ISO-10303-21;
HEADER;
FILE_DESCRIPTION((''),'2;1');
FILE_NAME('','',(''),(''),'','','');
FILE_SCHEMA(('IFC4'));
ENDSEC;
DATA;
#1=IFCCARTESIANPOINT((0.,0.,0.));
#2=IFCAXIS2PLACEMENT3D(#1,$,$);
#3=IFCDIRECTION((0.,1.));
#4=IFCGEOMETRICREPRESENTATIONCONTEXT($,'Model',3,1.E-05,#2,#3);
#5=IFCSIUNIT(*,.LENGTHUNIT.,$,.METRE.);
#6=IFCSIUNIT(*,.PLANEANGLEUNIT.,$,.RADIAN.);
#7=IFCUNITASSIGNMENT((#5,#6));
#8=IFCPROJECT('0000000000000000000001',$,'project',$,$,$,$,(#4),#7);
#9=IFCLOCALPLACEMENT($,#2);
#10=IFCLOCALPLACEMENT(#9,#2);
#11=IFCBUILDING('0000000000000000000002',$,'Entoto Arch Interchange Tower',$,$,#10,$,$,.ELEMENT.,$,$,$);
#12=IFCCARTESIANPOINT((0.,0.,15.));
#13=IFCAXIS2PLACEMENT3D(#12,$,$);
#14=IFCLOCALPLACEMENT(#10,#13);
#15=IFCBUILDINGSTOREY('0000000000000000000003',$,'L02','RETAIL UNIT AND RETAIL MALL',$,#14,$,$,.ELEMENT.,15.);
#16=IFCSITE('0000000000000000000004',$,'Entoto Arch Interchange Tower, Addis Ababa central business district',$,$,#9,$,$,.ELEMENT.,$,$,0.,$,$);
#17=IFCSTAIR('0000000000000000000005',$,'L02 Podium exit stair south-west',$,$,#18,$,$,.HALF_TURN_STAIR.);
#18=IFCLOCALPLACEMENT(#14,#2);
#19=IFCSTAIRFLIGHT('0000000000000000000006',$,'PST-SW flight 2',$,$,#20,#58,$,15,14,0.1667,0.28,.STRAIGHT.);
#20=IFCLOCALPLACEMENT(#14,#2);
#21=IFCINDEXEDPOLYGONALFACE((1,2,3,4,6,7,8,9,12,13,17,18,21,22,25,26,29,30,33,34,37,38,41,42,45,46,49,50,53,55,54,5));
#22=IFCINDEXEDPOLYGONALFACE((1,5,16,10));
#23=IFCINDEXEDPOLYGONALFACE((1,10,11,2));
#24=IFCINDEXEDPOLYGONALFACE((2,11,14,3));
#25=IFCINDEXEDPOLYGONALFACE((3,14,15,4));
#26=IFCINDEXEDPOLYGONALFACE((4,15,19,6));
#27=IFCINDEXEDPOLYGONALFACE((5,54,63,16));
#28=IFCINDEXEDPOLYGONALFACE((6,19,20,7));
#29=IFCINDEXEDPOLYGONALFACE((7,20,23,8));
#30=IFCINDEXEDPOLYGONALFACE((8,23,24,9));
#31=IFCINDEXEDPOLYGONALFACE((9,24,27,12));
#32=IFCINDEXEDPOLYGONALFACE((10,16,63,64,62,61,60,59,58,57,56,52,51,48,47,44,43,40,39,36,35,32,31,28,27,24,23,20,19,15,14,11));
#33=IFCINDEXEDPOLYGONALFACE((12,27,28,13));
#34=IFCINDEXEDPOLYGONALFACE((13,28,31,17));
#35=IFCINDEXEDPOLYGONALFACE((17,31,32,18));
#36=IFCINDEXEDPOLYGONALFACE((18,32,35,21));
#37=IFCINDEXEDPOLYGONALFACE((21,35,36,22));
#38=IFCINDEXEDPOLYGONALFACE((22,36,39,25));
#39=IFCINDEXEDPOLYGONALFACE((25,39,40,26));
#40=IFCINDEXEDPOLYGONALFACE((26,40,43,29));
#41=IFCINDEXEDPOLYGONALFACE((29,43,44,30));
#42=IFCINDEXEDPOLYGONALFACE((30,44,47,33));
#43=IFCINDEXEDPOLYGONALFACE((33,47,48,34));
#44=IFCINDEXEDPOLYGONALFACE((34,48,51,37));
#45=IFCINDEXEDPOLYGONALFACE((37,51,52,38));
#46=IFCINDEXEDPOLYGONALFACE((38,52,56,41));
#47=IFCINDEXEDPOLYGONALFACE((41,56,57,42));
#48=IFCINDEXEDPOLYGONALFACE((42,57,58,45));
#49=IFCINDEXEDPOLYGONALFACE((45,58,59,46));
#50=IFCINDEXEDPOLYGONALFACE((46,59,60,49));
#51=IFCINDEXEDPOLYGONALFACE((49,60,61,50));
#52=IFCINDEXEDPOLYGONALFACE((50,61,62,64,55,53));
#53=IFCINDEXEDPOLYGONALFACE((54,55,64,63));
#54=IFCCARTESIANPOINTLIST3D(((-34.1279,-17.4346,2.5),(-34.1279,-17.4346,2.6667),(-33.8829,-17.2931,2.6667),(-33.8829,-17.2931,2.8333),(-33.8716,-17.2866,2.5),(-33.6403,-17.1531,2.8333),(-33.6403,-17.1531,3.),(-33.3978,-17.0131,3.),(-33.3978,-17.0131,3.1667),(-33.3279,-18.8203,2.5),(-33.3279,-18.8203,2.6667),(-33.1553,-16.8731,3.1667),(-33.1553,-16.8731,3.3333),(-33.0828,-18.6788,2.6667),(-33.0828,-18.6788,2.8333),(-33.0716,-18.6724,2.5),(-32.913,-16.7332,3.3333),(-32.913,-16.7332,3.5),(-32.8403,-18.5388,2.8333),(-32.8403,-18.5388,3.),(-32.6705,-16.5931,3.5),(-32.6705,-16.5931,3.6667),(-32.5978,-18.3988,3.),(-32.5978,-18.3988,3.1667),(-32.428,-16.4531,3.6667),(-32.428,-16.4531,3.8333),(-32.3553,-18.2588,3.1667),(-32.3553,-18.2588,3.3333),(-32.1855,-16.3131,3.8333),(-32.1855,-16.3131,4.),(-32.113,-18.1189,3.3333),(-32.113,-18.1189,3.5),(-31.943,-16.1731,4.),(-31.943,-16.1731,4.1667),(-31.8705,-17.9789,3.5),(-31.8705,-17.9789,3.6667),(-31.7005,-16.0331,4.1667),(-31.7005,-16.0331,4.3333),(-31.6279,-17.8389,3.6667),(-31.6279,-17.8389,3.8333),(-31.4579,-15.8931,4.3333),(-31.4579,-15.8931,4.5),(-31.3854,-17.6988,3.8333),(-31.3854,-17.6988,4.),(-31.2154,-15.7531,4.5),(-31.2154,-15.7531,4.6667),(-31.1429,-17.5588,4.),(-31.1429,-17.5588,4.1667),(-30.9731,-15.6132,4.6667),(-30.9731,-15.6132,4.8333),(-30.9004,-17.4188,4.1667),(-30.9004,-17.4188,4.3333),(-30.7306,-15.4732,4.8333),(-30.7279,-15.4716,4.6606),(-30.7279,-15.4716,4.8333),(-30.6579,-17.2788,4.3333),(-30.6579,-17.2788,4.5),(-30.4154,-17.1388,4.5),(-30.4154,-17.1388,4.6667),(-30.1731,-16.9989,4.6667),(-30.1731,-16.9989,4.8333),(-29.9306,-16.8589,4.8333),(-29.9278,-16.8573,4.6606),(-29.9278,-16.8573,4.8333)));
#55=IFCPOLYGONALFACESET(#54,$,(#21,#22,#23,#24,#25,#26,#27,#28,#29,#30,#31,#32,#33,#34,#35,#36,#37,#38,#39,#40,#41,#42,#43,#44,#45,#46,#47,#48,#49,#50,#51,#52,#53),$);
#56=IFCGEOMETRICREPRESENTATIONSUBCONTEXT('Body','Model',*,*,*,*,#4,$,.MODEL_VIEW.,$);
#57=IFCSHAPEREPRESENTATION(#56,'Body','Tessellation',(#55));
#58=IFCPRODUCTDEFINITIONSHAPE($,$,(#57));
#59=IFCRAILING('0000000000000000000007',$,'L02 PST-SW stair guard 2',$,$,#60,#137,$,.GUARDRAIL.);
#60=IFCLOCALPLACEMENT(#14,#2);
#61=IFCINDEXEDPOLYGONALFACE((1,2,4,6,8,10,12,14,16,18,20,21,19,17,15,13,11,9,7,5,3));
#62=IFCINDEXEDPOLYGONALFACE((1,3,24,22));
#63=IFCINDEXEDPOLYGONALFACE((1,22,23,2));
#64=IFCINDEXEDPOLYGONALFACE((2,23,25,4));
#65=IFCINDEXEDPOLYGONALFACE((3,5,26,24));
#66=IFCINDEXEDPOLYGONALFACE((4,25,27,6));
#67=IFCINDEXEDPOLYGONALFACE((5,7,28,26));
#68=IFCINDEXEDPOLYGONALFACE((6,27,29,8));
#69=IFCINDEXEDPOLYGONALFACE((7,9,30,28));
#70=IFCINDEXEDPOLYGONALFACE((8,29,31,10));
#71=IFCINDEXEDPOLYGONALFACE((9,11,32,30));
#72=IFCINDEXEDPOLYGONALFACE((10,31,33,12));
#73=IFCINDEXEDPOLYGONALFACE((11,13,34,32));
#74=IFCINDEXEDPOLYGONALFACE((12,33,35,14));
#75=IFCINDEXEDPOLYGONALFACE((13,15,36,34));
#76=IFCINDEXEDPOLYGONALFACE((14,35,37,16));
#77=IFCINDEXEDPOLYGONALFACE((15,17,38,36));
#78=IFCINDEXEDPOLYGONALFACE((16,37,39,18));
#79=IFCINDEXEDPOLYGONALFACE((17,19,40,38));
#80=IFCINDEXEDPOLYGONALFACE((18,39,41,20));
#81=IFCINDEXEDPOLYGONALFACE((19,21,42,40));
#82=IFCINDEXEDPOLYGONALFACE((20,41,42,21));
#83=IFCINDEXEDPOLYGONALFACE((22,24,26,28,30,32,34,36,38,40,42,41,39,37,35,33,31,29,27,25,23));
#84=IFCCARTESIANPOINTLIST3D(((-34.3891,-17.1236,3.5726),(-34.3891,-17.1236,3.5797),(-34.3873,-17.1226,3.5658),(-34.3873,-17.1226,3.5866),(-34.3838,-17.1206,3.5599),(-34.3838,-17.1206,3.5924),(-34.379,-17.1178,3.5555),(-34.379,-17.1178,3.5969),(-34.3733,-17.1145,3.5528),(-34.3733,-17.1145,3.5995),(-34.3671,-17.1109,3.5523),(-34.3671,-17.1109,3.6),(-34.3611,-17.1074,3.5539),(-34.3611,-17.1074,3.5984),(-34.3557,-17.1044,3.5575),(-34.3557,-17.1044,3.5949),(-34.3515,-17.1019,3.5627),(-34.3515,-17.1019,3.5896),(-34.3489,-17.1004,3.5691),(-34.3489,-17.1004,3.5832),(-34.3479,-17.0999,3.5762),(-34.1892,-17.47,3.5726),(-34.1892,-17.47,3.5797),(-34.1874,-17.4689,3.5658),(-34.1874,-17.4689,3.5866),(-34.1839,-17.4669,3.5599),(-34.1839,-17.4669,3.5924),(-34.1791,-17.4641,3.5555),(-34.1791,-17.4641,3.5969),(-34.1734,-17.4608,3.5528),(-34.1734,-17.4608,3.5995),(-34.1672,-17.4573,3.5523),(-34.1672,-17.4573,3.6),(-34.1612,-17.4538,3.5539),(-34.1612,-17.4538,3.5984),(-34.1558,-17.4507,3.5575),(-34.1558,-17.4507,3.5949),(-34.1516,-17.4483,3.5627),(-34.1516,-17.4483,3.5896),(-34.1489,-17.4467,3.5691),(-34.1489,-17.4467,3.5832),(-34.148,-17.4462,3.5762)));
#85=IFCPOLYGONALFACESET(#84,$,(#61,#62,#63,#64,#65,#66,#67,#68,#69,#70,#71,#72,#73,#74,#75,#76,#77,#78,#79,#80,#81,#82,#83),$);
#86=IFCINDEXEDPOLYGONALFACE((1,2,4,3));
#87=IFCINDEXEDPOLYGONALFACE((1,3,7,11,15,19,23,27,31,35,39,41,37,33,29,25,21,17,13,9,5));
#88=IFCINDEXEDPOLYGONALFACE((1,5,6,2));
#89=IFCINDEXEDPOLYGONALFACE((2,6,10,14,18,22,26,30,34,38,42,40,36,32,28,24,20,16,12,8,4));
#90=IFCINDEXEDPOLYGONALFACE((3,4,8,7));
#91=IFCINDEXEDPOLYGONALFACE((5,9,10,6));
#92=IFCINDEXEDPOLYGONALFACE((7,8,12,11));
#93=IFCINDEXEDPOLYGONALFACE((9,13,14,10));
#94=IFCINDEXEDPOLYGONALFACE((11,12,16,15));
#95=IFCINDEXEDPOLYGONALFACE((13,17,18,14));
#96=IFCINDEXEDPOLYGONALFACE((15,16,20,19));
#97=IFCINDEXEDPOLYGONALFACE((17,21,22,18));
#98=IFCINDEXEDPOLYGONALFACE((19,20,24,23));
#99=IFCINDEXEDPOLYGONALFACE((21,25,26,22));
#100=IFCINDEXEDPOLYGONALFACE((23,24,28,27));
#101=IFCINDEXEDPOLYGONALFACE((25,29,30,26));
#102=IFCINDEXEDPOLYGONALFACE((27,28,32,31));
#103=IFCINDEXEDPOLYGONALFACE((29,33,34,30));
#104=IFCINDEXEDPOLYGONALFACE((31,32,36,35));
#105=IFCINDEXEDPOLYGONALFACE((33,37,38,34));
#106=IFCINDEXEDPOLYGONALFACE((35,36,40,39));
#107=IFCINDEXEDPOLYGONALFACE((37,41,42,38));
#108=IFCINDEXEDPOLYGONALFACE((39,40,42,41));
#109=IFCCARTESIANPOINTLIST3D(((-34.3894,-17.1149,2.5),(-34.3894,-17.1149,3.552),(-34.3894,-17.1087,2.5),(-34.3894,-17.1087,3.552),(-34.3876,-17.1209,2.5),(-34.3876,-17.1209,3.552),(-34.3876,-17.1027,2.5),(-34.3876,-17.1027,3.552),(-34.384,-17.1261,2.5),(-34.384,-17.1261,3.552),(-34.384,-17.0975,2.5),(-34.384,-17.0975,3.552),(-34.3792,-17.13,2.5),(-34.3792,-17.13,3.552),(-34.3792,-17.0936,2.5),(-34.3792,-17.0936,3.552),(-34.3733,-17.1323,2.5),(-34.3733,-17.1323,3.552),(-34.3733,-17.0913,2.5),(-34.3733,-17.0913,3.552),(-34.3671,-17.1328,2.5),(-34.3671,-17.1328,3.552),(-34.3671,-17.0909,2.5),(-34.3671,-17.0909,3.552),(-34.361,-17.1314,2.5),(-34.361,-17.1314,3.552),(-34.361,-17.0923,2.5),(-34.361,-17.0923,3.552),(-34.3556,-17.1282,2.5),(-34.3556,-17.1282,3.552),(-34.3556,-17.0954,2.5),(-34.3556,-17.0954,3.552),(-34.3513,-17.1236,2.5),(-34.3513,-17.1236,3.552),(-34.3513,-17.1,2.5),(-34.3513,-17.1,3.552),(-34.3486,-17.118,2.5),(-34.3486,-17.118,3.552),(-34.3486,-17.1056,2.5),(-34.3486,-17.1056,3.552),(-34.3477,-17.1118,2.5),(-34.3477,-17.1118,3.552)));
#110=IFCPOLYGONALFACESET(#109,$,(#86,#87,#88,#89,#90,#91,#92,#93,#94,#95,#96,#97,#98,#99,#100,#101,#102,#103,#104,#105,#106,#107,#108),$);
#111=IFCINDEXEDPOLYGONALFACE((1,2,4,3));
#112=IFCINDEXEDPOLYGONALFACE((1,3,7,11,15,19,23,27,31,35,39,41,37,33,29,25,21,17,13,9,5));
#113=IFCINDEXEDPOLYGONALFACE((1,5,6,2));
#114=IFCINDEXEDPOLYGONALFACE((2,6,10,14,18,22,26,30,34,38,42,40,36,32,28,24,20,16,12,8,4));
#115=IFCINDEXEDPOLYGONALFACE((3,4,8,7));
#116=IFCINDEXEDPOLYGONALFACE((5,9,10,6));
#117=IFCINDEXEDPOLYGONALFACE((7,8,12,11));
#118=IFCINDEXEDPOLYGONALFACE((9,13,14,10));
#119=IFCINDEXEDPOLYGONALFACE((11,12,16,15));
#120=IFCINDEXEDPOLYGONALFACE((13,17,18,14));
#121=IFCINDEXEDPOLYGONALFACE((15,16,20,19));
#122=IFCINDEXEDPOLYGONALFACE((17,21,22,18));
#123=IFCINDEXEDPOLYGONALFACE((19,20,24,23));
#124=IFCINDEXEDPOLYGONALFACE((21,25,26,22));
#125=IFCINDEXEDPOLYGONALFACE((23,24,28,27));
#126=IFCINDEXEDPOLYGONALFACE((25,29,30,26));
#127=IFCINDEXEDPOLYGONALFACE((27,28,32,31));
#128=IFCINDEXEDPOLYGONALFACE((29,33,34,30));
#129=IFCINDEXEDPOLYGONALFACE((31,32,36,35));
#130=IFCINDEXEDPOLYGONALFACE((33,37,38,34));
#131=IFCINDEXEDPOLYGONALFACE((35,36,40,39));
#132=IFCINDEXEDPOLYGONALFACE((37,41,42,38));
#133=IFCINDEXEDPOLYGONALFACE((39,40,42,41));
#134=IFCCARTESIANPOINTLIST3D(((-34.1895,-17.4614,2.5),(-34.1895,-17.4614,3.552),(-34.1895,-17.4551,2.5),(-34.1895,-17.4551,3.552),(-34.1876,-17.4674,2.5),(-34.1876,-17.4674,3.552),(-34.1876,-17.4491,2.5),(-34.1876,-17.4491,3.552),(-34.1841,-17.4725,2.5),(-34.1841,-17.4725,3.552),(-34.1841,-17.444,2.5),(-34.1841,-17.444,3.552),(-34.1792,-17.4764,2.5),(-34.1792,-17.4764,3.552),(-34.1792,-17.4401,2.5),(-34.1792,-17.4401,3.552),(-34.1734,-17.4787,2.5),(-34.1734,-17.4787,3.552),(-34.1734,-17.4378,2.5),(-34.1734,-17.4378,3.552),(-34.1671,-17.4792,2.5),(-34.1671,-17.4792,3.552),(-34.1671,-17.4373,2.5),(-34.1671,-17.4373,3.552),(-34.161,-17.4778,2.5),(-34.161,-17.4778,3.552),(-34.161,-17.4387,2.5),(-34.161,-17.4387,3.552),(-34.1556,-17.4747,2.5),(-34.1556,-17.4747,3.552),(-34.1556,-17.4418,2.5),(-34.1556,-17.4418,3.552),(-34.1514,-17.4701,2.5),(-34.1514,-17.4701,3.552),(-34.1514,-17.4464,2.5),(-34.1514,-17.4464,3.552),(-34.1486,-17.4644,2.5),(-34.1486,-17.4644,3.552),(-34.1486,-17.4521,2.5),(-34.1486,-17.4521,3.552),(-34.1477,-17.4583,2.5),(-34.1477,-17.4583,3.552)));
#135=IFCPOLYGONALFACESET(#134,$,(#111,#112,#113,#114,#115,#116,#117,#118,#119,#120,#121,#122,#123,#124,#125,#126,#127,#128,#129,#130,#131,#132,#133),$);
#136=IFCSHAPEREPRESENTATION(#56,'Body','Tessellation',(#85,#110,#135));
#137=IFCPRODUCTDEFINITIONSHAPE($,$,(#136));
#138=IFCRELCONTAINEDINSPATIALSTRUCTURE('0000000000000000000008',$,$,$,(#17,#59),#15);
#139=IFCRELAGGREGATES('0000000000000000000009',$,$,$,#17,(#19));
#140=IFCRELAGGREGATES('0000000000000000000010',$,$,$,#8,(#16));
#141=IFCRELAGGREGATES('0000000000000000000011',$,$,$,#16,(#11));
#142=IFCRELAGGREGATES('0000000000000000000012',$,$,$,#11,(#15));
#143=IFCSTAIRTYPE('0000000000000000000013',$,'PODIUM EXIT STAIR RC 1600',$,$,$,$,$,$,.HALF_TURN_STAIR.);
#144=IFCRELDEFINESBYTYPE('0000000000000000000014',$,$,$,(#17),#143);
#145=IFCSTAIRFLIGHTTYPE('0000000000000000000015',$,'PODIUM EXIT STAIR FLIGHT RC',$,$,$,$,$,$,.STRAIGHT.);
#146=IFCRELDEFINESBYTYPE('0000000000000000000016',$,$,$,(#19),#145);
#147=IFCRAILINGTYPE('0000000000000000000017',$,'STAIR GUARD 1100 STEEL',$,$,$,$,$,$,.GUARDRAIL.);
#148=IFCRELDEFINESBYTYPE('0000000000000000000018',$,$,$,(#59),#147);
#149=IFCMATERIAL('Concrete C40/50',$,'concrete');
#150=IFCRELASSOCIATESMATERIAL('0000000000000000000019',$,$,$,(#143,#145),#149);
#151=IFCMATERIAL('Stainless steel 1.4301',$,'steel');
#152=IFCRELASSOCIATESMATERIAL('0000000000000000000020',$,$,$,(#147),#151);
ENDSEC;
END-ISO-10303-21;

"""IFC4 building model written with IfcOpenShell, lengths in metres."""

from ifc_helpers import new_model, si_unit, direction, frame, origin, origin_2d, place, context, subcontext, project, spatial, polyline, circle, outline, extrude, material, type_object, element, aggregate, save


model = new_model("IFC4")

# Units and contexts
model_context = context("Model", 3, precision=1e-05, world=origin(), true_north=direction((0.0, 1.0)))
body_context = subcontext(model_context, "Body", "Model", "MODEL_VIEW")
ifc_project = project(units=[si_unit("LENGTHUNIT", "METRE"), si_unit("PLANEANGLEUNIT", "RADIAN")], contexts=[model_context])

# Site, building, storey
site_placement = place(None, origin())
site = spatial("IfcSite", under=ifc_project, at=site_placement, Name="Entoto Arch Interchange Tower, Addis Ababa central business district", CompositionType="ELEMENT", RefElevation=0.0)
building_placement = place(site_placement, origin())
building = spatial("IfcBuilding", under=site, at=building_placement, Name="Entoto Arch Interchange Tower", CompositionType="ELEMENT")
storey_placement = place(building_placement, frame((0.0, 0.0, 15.0)))
storey = spatial("IfcBuildingStorey", under=building, at=storey_placement, Name="L02", Description="RETAIL UNIT AND RETAIL MALL", CompositionType="ELEMENT", Elevation=15.0)

# Shared definitions
ifc_material_1 = material(Name="Concrete C40/50", Category="concrete")

# Stair, stair flight
stair_type = type_object("IfcStairType", Name="PODIUM EXIT STAIR RC 1600", PredefinedType="HALF_TURN_STAIR", material=ifc_material_1)
stair_placement = place(storey_placement, origin())
stair = element("IfcStair", 1, at=stair_placement, inside=storey, type_object=stair_type, Name="L02 Podium exit stair south-west", PredefinedType="HALF_TURN_STAIR")
stair_flight_type = type_object("IfcStairFlightType", Name="PODIUM EXIT STAIR FLIGHT RC", PredefinedType="STRAIGHT", material=ifc_material_1)
stair_flight_placement = place(storey_placement, frame((-33.7253, -18.126, 2.5), z_axis=(0.0, 0.0, 1.0), x_axis=(0.866025, 0.5, 0.0)))
stair_flight = element("IfcStairFlight", 2, at=stair_flight_placement, type_object=stair_flight_type, Name="PST-SW flight 2", NumberOfRisers=15, NumberOfTreads=14, PredefinedType="STRAIGHT", RiserHeight=0.1667, TreadLength=0.28, context=body_context, shape_type="SweptSolid", body=[
    extrude(outline(polyline([(-0.0029, 0.0), (-0.0029, 0.1667), (0.28, 0.1667), (0.28, 0.3333), (0.5601, 0.3333), (0.5601, 0.5), (0.8401, 0.5), (0.8401, 0.6667), (1.1201, 0.6667), (1.1201, 0.8333), (1.3999, 0.8333), (1.3999, 1.0), (1.6799, 1.0), (1.6799, 1.1667), (1.96, 1.1667), (1.96, 1.3333), (2.24, 1.3333), (2.24, 1.5), (2.52, 1.5), (2.52, 1.6667), (2.8, 1.6667), (2.8, 1.8333), (3.0801, 1.8333), (3.0801, 2.0), (3.3601, 2.0), (3.3601, 2.1667), (3.6399, 2.1667), (3.6399, 2.3333), (3.9199, 2.3333), (3.9231, 2.3333), (3.9231, 2.1606), (0.293, 0.0), (-0.0029, 0.0)])), frame((0.0, 0.8, 0.0), z_axis=(0.0, -1.0, 0.0), x_axis=(1.0, 0.0, 0.0)), (0.0, 0.0, 1.0), 1.6001),
])
aggregate(stair, [stair_flight])

# Railing
ifc_material_2 = material(Name="Stainless steel 1.4301", Category="steel")
railing_type_1 = type_object("IfcRailingType", Name="STAIR GUARD 1100 STEEL", PredefinedType="GUARDRAIL", material=ifc_material_2)
railing_1_placement = place(storey_placement, frame((-34.3687, -17.1118, 2.5)))
element("IfcRailing", 3, at=railing_1_placement, inside=storey, type_object=railing_type_1, Name="L02 PST-SW stair guard 2", PredefinedType="GUARDRAIL", context=body_context, shape_type="SweptSolid", body=[
    extrude(circle(Radius=0.0239, at=origin_2d()), frame((0.0, 0.0, 1.0762), z_axis=(0.499881, -0.866094, 0.0), x_axis=(0.866094, 0.499881, 0.0)), (0.0, 0.0, 1.0), 0.3999),
    extrude(circle(Radius=0.021, at=origin_2d()), origin(), (0.0, 0.0, 1.0), 1.052),
    extrude(circle(Radius=0.021, at=origin_2d()), frame((0.2, -0.3464, 0.0)), (0.0, 0.0, 1.0), 1.052),
])

save(model, "model.ifc")
